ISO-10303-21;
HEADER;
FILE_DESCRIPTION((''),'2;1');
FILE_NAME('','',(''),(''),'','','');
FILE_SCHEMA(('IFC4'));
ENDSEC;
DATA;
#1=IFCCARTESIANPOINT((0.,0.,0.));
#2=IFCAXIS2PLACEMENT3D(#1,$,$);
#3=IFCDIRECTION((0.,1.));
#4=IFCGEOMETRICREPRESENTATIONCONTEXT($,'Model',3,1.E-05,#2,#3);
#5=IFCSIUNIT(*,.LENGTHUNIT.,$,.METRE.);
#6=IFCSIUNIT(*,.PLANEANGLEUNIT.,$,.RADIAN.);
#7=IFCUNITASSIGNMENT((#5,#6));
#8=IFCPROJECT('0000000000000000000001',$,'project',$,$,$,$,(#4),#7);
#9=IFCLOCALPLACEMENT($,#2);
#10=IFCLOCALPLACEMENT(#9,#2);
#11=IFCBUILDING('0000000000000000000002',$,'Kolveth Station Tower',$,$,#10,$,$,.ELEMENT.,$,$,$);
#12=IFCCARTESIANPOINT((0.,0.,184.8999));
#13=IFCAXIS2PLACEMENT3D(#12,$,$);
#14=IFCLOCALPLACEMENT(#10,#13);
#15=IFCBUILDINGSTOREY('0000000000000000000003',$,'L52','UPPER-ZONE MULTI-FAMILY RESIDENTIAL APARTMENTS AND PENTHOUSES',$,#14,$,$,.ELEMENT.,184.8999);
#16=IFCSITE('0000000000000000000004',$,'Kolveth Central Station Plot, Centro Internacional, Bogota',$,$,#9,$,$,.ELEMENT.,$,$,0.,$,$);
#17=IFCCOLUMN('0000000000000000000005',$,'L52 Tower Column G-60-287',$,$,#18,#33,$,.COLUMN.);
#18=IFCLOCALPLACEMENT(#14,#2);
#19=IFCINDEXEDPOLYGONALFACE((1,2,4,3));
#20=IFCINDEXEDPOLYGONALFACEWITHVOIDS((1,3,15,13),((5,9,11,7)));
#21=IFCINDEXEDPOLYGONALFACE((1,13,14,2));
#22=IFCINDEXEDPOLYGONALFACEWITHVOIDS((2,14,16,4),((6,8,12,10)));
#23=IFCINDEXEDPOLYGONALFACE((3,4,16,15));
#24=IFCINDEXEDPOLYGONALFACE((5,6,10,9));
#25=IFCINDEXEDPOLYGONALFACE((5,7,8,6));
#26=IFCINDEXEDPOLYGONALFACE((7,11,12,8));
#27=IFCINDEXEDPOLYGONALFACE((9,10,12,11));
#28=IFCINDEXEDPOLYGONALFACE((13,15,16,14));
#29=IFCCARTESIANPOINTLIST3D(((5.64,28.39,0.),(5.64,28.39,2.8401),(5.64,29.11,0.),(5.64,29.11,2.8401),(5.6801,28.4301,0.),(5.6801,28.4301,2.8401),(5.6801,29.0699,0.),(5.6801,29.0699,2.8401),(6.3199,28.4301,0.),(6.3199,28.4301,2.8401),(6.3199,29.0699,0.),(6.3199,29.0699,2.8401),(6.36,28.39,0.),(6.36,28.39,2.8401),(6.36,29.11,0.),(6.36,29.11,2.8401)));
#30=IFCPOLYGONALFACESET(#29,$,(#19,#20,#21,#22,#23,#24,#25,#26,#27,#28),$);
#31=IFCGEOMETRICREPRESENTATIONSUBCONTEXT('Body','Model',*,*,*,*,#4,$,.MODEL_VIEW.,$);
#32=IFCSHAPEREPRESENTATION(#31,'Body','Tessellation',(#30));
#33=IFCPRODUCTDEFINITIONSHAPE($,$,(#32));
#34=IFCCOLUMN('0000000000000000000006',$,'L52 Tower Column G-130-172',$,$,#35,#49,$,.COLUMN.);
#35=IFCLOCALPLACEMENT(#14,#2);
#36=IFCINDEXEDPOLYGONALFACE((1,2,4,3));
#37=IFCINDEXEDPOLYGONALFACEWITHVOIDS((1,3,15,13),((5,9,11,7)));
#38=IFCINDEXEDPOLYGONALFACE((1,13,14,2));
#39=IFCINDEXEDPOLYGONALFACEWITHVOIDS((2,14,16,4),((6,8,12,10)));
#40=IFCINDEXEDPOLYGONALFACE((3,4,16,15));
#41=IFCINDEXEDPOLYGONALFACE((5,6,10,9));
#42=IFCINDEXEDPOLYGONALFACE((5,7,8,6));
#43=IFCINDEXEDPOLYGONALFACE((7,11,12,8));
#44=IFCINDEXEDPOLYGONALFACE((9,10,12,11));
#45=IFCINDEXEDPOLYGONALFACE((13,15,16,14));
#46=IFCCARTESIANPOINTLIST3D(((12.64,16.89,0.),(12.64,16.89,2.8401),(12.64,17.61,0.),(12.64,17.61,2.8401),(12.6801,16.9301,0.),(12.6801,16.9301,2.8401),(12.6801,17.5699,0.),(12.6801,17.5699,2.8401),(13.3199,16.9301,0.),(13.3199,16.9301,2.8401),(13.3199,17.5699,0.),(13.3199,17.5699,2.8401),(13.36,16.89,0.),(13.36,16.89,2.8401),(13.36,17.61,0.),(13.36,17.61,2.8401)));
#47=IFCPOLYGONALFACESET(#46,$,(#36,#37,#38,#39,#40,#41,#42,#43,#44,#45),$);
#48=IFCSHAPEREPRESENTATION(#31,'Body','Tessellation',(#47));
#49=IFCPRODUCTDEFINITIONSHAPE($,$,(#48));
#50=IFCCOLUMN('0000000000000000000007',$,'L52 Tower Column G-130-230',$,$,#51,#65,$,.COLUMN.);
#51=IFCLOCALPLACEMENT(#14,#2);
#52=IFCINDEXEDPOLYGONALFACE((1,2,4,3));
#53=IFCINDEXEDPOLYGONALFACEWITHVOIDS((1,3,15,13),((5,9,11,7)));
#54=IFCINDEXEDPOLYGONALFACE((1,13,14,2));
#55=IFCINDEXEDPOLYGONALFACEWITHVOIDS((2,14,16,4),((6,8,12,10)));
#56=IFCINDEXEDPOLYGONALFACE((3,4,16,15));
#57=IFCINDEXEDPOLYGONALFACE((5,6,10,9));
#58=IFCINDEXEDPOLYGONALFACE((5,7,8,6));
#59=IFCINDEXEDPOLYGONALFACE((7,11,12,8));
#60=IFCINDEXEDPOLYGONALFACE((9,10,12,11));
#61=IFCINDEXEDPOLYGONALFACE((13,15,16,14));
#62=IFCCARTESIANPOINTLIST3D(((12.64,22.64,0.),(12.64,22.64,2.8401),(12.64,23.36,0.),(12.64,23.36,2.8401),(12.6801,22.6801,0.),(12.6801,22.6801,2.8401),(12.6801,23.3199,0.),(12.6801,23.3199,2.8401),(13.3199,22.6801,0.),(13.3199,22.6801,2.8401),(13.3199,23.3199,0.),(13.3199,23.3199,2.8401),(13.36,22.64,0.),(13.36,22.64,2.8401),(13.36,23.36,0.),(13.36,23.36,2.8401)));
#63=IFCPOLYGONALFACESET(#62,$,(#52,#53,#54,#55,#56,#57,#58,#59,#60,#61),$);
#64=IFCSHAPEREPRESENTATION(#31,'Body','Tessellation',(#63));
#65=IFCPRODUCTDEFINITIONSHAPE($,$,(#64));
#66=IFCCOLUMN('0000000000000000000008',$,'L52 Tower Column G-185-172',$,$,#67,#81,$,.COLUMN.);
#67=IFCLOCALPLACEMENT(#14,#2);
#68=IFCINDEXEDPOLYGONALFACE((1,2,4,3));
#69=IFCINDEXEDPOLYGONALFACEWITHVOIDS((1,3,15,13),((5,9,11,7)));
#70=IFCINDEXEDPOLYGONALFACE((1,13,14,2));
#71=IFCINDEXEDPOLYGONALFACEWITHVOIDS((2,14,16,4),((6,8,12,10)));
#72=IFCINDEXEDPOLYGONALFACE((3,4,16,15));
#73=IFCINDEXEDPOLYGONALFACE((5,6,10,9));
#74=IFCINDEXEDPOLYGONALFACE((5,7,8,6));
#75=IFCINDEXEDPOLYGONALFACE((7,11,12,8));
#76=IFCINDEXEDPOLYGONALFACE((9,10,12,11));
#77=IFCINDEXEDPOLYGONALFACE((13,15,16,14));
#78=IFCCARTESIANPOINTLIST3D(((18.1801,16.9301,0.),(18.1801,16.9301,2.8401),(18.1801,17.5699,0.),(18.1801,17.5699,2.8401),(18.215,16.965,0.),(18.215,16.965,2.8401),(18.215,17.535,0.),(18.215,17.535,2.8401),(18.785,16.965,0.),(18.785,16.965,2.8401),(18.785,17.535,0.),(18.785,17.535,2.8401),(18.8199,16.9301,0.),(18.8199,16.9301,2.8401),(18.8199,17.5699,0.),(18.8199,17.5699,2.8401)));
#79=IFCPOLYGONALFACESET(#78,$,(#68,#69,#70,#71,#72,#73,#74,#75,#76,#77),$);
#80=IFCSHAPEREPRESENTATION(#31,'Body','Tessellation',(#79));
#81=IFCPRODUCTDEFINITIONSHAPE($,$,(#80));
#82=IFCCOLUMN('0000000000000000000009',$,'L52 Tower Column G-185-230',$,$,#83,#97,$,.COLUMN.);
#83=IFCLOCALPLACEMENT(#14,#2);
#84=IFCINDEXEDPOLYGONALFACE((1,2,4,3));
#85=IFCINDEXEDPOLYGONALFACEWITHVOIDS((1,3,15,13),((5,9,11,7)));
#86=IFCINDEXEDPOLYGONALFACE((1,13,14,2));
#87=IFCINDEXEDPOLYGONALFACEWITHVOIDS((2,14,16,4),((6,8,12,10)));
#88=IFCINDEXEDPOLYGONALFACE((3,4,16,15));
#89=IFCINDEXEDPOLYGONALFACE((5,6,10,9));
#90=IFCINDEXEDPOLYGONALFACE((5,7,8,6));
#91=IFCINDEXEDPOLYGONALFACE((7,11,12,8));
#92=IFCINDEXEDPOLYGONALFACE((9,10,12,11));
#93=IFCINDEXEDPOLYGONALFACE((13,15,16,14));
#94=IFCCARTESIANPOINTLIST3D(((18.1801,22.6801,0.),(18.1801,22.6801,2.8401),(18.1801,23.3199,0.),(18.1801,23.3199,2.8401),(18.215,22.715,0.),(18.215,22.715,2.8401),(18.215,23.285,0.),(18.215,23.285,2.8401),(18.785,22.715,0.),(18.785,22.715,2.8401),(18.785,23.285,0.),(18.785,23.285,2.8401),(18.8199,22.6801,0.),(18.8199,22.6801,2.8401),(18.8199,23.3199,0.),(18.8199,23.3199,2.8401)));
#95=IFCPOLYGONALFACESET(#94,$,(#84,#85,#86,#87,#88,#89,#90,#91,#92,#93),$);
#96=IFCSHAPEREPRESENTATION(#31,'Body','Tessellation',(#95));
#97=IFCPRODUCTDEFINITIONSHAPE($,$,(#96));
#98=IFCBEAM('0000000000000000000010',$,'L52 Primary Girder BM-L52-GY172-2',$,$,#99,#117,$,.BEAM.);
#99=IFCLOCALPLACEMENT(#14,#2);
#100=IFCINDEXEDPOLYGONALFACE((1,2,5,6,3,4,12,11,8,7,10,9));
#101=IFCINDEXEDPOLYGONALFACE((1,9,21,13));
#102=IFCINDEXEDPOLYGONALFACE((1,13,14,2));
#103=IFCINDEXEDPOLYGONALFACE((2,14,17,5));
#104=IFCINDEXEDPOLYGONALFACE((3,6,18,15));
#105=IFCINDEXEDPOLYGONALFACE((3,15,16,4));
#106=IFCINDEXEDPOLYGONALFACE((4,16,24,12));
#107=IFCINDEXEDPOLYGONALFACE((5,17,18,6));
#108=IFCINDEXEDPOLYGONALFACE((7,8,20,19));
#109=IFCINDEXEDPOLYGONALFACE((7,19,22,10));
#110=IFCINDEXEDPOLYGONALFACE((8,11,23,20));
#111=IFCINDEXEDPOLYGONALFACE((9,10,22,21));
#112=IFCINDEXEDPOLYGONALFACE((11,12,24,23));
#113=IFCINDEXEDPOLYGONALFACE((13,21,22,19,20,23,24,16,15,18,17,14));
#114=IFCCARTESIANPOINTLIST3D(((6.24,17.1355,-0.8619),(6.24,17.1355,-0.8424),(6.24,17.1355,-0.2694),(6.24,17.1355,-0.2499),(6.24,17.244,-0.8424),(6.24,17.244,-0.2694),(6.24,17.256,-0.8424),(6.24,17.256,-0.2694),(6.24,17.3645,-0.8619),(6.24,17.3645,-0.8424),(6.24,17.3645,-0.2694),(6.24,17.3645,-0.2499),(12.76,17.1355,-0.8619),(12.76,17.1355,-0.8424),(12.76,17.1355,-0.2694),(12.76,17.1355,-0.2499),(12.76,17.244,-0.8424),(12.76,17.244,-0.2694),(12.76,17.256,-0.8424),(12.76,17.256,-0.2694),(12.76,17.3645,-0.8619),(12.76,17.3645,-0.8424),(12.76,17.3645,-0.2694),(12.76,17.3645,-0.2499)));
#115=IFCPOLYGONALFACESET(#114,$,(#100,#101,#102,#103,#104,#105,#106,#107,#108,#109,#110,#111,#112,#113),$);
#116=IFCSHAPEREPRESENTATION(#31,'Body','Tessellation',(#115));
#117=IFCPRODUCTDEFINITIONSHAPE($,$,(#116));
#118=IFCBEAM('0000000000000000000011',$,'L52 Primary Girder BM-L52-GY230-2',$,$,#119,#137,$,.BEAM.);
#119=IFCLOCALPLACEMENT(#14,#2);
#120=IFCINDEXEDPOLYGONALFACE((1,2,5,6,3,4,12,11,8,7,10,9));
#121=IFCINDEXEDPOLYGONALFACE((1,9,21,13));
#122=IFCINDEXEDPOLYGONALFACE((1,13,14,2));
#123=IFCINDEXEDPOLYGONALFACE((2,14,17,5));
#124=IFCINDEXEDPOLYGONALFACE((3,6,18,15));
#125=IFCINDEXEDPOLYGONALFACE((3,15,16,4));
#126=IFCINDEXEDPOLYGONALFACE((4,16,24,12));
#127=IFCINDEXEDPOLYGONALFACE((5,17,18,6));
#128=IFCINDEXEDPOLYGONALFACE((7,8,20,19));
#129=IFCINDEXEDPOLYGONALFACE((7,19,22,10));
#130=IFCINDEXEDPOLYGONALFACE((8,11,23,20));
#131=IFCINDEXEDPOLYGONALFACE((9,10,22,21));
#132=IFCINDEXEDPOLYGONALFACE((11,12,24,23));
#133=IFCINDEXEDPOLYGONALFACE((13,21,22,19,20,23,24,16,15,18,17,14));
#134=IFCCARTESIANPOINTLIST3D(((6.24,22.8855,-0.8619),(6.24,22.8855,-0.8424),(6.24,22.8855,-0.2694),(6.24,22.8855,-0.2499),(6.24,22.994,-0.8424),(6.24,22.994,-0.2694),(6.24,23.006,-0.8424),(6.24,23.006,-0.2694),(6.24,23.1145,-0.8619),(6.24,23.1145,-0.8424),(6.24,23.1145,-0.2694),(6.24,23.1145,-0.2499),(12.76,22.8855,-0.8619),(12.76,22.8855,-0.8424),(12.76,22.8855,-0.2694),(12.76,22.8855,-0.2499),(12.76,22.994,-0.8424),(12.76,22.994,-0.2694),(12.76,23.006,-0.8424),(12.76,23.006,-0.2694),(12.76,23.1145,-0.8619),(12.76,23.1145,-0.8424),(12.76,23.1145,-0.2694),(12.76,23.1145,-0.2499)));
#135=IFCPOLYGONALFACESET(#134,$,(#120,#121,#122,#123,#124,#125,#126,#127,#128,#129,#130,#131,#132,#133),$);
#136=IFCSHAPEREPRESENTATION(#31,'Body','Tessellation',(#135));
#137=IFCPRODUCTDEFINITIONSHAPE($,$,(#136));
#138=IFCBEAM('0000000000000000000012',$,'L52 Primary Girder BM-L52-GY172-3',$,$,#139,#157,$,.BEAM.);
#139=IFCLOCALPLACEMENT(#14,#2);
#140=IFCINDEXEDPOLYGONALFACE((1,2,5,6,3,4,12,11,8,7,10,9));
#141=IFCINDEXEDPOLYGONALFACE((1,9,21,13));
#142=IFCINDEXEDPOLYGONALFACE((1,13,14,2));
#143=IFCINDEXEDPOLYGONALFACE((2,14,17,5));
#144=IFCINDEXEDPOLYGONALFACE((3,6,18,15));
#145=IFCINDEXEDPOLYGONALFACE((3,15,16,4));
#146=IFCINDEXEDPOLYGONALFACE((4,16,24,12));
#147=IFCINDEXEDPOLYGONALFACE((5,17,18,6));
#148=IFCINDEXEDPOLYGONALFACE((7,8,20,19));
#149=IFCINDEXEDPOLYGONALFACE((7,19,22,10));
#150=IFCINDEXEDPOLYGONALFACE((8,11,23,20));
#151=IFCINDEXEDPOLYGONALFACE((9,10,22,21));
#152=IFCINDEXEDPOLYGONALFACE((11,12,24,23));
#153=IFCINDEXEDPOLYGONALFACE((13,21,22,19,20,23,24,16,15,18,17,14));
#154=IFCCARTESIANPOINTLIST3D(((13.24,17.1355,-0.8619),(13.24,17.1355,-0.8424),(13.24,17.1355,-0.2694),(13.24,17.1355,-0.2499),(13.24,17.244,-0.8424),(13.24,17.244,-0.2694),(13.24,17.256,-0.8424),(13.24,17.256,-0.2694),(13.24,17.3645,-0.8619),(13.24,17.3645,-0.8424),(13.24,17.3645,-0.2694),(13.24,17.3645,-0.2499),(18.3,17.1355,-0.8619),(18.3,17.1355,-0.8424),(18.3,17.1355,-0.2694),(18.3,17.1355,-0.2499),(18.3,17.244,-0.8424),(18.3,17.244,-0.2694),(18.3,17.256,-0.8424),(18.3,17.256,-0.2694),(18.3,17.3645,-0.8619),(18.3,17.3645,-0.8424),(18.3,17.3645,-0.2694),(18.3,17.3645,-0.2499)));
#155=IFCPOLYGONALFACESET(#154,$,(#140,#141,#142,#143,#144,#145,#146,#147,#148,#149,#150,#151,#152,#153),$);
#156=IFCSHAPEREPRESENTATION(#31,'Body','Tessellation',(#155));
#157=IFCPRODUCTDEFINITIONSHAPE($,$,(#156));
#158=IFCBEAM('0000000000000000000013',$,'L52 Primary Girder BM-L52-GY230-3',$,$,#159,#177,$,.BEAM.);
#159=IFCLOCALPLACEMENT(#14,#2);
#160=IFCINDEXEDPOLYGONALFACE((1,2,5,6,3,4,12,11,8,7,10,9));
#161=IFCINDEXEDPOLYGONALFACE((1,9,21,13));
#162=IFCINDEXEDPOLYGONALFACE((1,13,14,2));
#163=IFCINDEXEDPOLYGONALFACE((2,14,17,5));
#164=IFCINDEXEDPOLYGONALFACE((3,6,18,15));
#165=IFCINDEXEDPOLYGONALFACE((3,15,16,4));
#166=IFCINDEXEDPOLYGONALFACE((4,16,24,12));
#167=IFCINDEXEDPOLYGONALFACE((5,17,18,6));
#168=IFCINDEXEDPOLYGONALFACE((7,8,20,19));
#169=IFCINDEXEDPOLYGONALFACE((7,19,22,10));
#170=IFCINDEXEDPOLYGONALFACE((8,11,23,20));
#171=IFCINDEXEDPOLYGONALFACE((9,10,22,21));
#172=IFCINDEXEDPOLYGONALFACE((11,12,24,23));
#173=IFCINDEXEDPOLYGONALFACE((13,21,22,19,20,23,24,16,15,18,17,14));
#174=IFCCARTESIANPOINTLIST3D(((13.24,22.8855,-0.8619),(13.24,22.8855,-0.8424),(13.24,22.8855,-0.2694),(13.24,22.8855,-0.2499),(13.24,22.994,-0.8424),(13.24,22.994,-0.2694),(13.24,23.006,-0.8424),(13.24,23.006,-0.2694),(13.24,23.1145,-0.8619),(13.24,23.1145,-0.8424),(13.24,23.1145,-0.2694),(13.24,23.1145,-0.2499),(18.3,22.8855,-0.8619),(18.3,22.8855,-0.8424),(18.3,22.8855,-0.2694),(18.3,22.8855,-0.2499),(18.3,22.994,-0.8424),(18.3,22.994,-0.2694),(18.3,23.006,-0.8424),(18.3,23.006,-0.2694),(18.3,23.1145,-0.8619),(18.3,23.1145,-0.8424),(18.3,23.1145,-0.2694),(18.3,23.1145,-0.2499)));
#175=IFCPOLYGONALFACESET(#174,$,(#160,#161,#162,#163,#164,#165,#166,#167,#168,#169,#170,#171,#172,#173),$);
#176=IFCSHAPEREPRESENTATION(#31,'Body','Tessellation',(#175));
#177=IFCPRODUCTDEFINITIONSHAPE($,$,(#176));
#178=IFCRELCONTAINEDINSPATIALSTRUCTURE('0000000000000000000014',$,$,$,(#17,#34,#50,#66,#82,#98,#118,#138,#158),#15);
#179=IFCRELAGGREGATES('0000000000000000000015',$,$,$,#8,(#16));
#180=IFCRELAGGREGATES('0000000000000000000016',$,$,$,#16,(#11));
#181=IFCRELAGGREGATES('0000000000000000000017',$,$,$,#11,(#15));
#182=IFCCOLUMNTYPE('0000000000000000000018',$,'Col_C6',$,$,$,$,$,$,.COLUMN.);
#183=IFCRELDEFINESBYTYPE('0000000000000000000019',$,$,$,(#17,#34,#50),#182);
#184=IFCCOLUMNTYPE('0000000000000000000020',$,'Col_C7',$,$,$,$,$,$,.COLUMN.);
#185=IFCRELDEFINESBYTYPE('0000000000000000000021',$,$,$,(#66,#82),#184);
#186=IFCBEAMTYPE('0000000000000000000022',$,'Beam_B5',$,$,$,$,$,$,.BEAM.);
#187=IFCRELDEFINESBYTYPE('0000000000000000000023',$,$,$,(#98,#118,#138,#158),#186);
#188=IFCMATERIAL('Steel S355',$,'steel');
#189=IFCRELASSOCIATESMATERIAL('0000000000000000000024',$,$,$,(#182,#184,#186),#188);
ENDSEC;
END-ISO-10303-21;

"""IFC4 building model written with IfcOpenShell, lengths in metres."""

from ifc_helpers import new_model, si_unit, direction, frame, origin, origin_2d, place, context, subcontext, project, spatial, hollow_rectangle, i_section, extrude, source, transform, mapped, material, material_profile, profile_set, type_object, element, save


model = new_model("IFC4")

# Units and contexts
model_context = context("Model", 3, precision=1e-05, world=origin(), true_north=direction((0.0, 1.0)))
body_context = subcontext(model_context, "Body", "Model", "MODEL_VIEW")
ifc_project = project(units=[si_unit("LENGTHUNIT", "METRE"), si_unit("PLANEANGLEUNIT", "RADIAN")], contexts=[model_context])

# Site, building, storey
site_placement = place(None, origin())
site = spatial("IfcSite", under=ifc_project, at=site_placement, Name="Kolveth Central Station Plot, Centro Internacional, Bogota", CompositionType="ELEMENT", RefElevation=0.0)
building_placement = place(site_placement, origin())
building = spatial("IfcBuilding", under=site, at=building_placement, Name="Kolveth Station Tower", CompositionType="ELEMENT")
storey_placement = place(building_placement, frame((0.0, 0.0, 184.8999)))
storey = spatial("IfcBuildingStorey", under=building, at=storey_placement, Name="L52", Description="UPPER-ZONE MULTI-FAMILY RESIDENTIAL APARTMENTS AND PENTHOUSES", CompositionType="ELEMENT", Elevation=184.8999)

# Columns
ifc_material_1 = material(Name="Steel S355", Category="steel")
ifc_material_profile_1 = material_profile(ifc_material_1, hollow_rectangle(XDim=0.72, YDim=0.72, WallThickness=0.04, at=origin_2d()), Name="BOX720x720x40")
ifc_profile_set_1 = profile_set([ifc_material_profile_1], Name="Steel S355")
column_type_1 = type_object("IfcColumnType", Name="Col_C6", PredefinedType="COLUMN", material=ifc_profile_set_1)
shared_shape_1 = source(origin(), body_context, "Body", "SweptSolid", [
    extrude(hollow_rectangle(XDim=0.72, YDim=0.72, WallThickness=0.04, at=origin_2d()), origin(), (0.0, 0.0, 1.0), 2.8401),
])
for number, where, z_axis, x_axis, name in (
    (1, (6.0, 28.75, 0.0), (0.0, 0.0, 1.0), (1.0, 0.0, 0.0), "L52 Tower Column G-60-287"),
    (2, (13.0, 17.25, 0.0), (0.0, 0.0, 1.0), (1.0, 0.0, 0.0), "L52 Tower Column G-130-172"),
    (3, (13.0, 23.0, 0.0), (0.0, 0.0, 1.0), (1.0, 0.0, 0.0), "L52 Tower Column G-130-230"),
):
    element("IfcColumn", number, at=place(storey_placement, frame(where, z_axis=z_axis, x_axis=x_axis)), inside=storey, type_object=column_type_1, Name=name, PredefinedType="COLUMN", context=body_context, shape_type="MappedRepresentation", body=[
        mapped(shared_shape_1, transform((0.0, 0.0, 0.0), x_axis=(1.0, 0.0, 0.0), y_axis=(0.0, 1.0, 0.0), z_axis=(0.0, 0.0, 1.0), scale=1.0)),
    ])
ifc_material_profile_2 = material_profile(ifc_material_1, hollow_rectangle(XDim=0.6399, YDim=0.6399, WallThickness=0.0349, at=origin_2d()), Name="BOX640x640x35")
ifc_profile_set_2 = profile_set([ifc_material_profile_2], Name="Steel S355")
column_type_2 = type_object("IfcColumnType", Name="Col_C7", PredefinedType="COLUMN", material=ifc_profile_set_2)
shared_shape_2 = source(origin(), body_context, "Body", "SweptSolid", [
    extrude(hollow_rectangle(XDim=0.6399, YDim=0.6399, WallThickness=0.0349, at=origin_2d()), origin(), (0.0, 0.0, 1.0), 2.8401),
])
for number, where, z_axis, x_axis, name in (
    (4, (18.5, 17.25, 0.0), (0.0, 0.0, 1.0), (1.0, 0.0, 0.0), "L52 Tower Column G-185-172"),
    (5, (18.5, 23.0, 0.0), (0.0, 0.0, 1.0), (1.0, 0.0, 0.0), "L52 Tower Column G-185-230"),
):
    element("IfcColumn", number, at=place(storey_placement, frame(where, z_axis=z_axis, x_axis=x_axis)), inside=storey, type_object=column_type_2, Name=name, PredefinedType="COLUMN", context=body_context, shape_type="MappedRepresentation", body=[
        mapped(shared_shape_2, transform((0.0, 0.0, 0.0), x_axis=(1.0, 0.0, 0.0), y_axis=(0.0, 1.0, 0.0), z_axis=(0.0, 0.0, 1.0), scale=1.0)),
    ])

# Beams
ifc_material_profile_3 = material_profile(ifc_material_1, i_section(OverallWidth=0.229, OverallDepth=0.6121, WebThickness=0.012, FlangeThickness=0.0195, at=origin_2d()), Name="W610x125")
ifc_profile_set_3 = profile_set([ifc_material_profile_3], Name="Steel S355")
beam_type_1 = type_object("IfcBeamType", Name="Beam_B5", PredefinedType="BEAM", material=ifc_profile_set_3)
shared_shape_3 = source(origin(), body_context, "Body", "SweptSolid", [
    extrude(i_section(OverallWidth=0.229, OverallDepth=0.6121, WebThickness=0.012, FlangeThickness=0.0195, at=origin_2d()), origin(), (0.0, 0.0, 1.0), 6.52),
])
for number, where, z_axis, x_axis, name in (
    (6, (6.24, 17.25, -0.5559), (1.0, 0.0, 0.0), (0.0, 1.0, 0.0), "L52 Primary Girder BM-L52-GY172-2"),
    (7, (6.24, 23.0, -0.5559), (1.0, 0.0, 0.0), (0.0, 1.0, 0.0), "L52 Primary Girder BM-L52-GY230-2"),
):
    element("IfcBeam", number, at=place(storey_placement, frame(where, z_axis=z_axis, x_axis=x_axis)), inside=storey, type_object=beam_type_1, Name=name, PredefinedType="BEAM", context=body_context, shape_type="MappedRepresentation", body=[
        mapped(shared_shape_3, transform((0.0, 0.0, 0.0), x_axis=(1.0, 0.0, 0.0), y_axis=(0.0, 1.0, 0.0), z_axis=(0.0, 0.0, 1.0), scale=1.0)),
    ])
shared_shape_4 = source(origin(), body_context, "Body", "SweptSolid", [
    extrude(i_section(OverallWidth=0.229, OverallDepth=0.6121, WebThickness=0.012, FlangeThickness=0.0195, at=origin_2d()), origin(), (0.0, 0.0, 1.0), 5.0601),
])
for number, where, z_axis, x_axis, name in (
    (8, (13.24, 17.25, -0.5559), (1.0, 0.0, 0.0), (0.0, 1.0, 0.0), "L52 Primary Girder BM-L52-GY172-3"),
    (9, (13.24, 23.0, -0.5559), (1.0, 0.0, 0.0), (0.0, 1.0, 0.0), "L52 Primary Girder BM-L52-GY230-3"),
):
    element("IfcBeam", number, at=place(storey_placement, frame(where, z_axis=z_axis, x_axis=x_axis)), inside=storey, type_object=beam_type_1, Name=name, PredefinedType="BEAM", context=body_context, shape_type="MappedRepresentation", body=[
        mapped(shared_shape_4, transform((0.0, 0.0, 0.0), x_axis=(1.0, 0.0, 0.0), y_axis=(0.0, 1.0, 0.0), z_axis=(0.0, 0.0, 1.0), scale=1.0)),
    ])

save(model, "model.ifc")
